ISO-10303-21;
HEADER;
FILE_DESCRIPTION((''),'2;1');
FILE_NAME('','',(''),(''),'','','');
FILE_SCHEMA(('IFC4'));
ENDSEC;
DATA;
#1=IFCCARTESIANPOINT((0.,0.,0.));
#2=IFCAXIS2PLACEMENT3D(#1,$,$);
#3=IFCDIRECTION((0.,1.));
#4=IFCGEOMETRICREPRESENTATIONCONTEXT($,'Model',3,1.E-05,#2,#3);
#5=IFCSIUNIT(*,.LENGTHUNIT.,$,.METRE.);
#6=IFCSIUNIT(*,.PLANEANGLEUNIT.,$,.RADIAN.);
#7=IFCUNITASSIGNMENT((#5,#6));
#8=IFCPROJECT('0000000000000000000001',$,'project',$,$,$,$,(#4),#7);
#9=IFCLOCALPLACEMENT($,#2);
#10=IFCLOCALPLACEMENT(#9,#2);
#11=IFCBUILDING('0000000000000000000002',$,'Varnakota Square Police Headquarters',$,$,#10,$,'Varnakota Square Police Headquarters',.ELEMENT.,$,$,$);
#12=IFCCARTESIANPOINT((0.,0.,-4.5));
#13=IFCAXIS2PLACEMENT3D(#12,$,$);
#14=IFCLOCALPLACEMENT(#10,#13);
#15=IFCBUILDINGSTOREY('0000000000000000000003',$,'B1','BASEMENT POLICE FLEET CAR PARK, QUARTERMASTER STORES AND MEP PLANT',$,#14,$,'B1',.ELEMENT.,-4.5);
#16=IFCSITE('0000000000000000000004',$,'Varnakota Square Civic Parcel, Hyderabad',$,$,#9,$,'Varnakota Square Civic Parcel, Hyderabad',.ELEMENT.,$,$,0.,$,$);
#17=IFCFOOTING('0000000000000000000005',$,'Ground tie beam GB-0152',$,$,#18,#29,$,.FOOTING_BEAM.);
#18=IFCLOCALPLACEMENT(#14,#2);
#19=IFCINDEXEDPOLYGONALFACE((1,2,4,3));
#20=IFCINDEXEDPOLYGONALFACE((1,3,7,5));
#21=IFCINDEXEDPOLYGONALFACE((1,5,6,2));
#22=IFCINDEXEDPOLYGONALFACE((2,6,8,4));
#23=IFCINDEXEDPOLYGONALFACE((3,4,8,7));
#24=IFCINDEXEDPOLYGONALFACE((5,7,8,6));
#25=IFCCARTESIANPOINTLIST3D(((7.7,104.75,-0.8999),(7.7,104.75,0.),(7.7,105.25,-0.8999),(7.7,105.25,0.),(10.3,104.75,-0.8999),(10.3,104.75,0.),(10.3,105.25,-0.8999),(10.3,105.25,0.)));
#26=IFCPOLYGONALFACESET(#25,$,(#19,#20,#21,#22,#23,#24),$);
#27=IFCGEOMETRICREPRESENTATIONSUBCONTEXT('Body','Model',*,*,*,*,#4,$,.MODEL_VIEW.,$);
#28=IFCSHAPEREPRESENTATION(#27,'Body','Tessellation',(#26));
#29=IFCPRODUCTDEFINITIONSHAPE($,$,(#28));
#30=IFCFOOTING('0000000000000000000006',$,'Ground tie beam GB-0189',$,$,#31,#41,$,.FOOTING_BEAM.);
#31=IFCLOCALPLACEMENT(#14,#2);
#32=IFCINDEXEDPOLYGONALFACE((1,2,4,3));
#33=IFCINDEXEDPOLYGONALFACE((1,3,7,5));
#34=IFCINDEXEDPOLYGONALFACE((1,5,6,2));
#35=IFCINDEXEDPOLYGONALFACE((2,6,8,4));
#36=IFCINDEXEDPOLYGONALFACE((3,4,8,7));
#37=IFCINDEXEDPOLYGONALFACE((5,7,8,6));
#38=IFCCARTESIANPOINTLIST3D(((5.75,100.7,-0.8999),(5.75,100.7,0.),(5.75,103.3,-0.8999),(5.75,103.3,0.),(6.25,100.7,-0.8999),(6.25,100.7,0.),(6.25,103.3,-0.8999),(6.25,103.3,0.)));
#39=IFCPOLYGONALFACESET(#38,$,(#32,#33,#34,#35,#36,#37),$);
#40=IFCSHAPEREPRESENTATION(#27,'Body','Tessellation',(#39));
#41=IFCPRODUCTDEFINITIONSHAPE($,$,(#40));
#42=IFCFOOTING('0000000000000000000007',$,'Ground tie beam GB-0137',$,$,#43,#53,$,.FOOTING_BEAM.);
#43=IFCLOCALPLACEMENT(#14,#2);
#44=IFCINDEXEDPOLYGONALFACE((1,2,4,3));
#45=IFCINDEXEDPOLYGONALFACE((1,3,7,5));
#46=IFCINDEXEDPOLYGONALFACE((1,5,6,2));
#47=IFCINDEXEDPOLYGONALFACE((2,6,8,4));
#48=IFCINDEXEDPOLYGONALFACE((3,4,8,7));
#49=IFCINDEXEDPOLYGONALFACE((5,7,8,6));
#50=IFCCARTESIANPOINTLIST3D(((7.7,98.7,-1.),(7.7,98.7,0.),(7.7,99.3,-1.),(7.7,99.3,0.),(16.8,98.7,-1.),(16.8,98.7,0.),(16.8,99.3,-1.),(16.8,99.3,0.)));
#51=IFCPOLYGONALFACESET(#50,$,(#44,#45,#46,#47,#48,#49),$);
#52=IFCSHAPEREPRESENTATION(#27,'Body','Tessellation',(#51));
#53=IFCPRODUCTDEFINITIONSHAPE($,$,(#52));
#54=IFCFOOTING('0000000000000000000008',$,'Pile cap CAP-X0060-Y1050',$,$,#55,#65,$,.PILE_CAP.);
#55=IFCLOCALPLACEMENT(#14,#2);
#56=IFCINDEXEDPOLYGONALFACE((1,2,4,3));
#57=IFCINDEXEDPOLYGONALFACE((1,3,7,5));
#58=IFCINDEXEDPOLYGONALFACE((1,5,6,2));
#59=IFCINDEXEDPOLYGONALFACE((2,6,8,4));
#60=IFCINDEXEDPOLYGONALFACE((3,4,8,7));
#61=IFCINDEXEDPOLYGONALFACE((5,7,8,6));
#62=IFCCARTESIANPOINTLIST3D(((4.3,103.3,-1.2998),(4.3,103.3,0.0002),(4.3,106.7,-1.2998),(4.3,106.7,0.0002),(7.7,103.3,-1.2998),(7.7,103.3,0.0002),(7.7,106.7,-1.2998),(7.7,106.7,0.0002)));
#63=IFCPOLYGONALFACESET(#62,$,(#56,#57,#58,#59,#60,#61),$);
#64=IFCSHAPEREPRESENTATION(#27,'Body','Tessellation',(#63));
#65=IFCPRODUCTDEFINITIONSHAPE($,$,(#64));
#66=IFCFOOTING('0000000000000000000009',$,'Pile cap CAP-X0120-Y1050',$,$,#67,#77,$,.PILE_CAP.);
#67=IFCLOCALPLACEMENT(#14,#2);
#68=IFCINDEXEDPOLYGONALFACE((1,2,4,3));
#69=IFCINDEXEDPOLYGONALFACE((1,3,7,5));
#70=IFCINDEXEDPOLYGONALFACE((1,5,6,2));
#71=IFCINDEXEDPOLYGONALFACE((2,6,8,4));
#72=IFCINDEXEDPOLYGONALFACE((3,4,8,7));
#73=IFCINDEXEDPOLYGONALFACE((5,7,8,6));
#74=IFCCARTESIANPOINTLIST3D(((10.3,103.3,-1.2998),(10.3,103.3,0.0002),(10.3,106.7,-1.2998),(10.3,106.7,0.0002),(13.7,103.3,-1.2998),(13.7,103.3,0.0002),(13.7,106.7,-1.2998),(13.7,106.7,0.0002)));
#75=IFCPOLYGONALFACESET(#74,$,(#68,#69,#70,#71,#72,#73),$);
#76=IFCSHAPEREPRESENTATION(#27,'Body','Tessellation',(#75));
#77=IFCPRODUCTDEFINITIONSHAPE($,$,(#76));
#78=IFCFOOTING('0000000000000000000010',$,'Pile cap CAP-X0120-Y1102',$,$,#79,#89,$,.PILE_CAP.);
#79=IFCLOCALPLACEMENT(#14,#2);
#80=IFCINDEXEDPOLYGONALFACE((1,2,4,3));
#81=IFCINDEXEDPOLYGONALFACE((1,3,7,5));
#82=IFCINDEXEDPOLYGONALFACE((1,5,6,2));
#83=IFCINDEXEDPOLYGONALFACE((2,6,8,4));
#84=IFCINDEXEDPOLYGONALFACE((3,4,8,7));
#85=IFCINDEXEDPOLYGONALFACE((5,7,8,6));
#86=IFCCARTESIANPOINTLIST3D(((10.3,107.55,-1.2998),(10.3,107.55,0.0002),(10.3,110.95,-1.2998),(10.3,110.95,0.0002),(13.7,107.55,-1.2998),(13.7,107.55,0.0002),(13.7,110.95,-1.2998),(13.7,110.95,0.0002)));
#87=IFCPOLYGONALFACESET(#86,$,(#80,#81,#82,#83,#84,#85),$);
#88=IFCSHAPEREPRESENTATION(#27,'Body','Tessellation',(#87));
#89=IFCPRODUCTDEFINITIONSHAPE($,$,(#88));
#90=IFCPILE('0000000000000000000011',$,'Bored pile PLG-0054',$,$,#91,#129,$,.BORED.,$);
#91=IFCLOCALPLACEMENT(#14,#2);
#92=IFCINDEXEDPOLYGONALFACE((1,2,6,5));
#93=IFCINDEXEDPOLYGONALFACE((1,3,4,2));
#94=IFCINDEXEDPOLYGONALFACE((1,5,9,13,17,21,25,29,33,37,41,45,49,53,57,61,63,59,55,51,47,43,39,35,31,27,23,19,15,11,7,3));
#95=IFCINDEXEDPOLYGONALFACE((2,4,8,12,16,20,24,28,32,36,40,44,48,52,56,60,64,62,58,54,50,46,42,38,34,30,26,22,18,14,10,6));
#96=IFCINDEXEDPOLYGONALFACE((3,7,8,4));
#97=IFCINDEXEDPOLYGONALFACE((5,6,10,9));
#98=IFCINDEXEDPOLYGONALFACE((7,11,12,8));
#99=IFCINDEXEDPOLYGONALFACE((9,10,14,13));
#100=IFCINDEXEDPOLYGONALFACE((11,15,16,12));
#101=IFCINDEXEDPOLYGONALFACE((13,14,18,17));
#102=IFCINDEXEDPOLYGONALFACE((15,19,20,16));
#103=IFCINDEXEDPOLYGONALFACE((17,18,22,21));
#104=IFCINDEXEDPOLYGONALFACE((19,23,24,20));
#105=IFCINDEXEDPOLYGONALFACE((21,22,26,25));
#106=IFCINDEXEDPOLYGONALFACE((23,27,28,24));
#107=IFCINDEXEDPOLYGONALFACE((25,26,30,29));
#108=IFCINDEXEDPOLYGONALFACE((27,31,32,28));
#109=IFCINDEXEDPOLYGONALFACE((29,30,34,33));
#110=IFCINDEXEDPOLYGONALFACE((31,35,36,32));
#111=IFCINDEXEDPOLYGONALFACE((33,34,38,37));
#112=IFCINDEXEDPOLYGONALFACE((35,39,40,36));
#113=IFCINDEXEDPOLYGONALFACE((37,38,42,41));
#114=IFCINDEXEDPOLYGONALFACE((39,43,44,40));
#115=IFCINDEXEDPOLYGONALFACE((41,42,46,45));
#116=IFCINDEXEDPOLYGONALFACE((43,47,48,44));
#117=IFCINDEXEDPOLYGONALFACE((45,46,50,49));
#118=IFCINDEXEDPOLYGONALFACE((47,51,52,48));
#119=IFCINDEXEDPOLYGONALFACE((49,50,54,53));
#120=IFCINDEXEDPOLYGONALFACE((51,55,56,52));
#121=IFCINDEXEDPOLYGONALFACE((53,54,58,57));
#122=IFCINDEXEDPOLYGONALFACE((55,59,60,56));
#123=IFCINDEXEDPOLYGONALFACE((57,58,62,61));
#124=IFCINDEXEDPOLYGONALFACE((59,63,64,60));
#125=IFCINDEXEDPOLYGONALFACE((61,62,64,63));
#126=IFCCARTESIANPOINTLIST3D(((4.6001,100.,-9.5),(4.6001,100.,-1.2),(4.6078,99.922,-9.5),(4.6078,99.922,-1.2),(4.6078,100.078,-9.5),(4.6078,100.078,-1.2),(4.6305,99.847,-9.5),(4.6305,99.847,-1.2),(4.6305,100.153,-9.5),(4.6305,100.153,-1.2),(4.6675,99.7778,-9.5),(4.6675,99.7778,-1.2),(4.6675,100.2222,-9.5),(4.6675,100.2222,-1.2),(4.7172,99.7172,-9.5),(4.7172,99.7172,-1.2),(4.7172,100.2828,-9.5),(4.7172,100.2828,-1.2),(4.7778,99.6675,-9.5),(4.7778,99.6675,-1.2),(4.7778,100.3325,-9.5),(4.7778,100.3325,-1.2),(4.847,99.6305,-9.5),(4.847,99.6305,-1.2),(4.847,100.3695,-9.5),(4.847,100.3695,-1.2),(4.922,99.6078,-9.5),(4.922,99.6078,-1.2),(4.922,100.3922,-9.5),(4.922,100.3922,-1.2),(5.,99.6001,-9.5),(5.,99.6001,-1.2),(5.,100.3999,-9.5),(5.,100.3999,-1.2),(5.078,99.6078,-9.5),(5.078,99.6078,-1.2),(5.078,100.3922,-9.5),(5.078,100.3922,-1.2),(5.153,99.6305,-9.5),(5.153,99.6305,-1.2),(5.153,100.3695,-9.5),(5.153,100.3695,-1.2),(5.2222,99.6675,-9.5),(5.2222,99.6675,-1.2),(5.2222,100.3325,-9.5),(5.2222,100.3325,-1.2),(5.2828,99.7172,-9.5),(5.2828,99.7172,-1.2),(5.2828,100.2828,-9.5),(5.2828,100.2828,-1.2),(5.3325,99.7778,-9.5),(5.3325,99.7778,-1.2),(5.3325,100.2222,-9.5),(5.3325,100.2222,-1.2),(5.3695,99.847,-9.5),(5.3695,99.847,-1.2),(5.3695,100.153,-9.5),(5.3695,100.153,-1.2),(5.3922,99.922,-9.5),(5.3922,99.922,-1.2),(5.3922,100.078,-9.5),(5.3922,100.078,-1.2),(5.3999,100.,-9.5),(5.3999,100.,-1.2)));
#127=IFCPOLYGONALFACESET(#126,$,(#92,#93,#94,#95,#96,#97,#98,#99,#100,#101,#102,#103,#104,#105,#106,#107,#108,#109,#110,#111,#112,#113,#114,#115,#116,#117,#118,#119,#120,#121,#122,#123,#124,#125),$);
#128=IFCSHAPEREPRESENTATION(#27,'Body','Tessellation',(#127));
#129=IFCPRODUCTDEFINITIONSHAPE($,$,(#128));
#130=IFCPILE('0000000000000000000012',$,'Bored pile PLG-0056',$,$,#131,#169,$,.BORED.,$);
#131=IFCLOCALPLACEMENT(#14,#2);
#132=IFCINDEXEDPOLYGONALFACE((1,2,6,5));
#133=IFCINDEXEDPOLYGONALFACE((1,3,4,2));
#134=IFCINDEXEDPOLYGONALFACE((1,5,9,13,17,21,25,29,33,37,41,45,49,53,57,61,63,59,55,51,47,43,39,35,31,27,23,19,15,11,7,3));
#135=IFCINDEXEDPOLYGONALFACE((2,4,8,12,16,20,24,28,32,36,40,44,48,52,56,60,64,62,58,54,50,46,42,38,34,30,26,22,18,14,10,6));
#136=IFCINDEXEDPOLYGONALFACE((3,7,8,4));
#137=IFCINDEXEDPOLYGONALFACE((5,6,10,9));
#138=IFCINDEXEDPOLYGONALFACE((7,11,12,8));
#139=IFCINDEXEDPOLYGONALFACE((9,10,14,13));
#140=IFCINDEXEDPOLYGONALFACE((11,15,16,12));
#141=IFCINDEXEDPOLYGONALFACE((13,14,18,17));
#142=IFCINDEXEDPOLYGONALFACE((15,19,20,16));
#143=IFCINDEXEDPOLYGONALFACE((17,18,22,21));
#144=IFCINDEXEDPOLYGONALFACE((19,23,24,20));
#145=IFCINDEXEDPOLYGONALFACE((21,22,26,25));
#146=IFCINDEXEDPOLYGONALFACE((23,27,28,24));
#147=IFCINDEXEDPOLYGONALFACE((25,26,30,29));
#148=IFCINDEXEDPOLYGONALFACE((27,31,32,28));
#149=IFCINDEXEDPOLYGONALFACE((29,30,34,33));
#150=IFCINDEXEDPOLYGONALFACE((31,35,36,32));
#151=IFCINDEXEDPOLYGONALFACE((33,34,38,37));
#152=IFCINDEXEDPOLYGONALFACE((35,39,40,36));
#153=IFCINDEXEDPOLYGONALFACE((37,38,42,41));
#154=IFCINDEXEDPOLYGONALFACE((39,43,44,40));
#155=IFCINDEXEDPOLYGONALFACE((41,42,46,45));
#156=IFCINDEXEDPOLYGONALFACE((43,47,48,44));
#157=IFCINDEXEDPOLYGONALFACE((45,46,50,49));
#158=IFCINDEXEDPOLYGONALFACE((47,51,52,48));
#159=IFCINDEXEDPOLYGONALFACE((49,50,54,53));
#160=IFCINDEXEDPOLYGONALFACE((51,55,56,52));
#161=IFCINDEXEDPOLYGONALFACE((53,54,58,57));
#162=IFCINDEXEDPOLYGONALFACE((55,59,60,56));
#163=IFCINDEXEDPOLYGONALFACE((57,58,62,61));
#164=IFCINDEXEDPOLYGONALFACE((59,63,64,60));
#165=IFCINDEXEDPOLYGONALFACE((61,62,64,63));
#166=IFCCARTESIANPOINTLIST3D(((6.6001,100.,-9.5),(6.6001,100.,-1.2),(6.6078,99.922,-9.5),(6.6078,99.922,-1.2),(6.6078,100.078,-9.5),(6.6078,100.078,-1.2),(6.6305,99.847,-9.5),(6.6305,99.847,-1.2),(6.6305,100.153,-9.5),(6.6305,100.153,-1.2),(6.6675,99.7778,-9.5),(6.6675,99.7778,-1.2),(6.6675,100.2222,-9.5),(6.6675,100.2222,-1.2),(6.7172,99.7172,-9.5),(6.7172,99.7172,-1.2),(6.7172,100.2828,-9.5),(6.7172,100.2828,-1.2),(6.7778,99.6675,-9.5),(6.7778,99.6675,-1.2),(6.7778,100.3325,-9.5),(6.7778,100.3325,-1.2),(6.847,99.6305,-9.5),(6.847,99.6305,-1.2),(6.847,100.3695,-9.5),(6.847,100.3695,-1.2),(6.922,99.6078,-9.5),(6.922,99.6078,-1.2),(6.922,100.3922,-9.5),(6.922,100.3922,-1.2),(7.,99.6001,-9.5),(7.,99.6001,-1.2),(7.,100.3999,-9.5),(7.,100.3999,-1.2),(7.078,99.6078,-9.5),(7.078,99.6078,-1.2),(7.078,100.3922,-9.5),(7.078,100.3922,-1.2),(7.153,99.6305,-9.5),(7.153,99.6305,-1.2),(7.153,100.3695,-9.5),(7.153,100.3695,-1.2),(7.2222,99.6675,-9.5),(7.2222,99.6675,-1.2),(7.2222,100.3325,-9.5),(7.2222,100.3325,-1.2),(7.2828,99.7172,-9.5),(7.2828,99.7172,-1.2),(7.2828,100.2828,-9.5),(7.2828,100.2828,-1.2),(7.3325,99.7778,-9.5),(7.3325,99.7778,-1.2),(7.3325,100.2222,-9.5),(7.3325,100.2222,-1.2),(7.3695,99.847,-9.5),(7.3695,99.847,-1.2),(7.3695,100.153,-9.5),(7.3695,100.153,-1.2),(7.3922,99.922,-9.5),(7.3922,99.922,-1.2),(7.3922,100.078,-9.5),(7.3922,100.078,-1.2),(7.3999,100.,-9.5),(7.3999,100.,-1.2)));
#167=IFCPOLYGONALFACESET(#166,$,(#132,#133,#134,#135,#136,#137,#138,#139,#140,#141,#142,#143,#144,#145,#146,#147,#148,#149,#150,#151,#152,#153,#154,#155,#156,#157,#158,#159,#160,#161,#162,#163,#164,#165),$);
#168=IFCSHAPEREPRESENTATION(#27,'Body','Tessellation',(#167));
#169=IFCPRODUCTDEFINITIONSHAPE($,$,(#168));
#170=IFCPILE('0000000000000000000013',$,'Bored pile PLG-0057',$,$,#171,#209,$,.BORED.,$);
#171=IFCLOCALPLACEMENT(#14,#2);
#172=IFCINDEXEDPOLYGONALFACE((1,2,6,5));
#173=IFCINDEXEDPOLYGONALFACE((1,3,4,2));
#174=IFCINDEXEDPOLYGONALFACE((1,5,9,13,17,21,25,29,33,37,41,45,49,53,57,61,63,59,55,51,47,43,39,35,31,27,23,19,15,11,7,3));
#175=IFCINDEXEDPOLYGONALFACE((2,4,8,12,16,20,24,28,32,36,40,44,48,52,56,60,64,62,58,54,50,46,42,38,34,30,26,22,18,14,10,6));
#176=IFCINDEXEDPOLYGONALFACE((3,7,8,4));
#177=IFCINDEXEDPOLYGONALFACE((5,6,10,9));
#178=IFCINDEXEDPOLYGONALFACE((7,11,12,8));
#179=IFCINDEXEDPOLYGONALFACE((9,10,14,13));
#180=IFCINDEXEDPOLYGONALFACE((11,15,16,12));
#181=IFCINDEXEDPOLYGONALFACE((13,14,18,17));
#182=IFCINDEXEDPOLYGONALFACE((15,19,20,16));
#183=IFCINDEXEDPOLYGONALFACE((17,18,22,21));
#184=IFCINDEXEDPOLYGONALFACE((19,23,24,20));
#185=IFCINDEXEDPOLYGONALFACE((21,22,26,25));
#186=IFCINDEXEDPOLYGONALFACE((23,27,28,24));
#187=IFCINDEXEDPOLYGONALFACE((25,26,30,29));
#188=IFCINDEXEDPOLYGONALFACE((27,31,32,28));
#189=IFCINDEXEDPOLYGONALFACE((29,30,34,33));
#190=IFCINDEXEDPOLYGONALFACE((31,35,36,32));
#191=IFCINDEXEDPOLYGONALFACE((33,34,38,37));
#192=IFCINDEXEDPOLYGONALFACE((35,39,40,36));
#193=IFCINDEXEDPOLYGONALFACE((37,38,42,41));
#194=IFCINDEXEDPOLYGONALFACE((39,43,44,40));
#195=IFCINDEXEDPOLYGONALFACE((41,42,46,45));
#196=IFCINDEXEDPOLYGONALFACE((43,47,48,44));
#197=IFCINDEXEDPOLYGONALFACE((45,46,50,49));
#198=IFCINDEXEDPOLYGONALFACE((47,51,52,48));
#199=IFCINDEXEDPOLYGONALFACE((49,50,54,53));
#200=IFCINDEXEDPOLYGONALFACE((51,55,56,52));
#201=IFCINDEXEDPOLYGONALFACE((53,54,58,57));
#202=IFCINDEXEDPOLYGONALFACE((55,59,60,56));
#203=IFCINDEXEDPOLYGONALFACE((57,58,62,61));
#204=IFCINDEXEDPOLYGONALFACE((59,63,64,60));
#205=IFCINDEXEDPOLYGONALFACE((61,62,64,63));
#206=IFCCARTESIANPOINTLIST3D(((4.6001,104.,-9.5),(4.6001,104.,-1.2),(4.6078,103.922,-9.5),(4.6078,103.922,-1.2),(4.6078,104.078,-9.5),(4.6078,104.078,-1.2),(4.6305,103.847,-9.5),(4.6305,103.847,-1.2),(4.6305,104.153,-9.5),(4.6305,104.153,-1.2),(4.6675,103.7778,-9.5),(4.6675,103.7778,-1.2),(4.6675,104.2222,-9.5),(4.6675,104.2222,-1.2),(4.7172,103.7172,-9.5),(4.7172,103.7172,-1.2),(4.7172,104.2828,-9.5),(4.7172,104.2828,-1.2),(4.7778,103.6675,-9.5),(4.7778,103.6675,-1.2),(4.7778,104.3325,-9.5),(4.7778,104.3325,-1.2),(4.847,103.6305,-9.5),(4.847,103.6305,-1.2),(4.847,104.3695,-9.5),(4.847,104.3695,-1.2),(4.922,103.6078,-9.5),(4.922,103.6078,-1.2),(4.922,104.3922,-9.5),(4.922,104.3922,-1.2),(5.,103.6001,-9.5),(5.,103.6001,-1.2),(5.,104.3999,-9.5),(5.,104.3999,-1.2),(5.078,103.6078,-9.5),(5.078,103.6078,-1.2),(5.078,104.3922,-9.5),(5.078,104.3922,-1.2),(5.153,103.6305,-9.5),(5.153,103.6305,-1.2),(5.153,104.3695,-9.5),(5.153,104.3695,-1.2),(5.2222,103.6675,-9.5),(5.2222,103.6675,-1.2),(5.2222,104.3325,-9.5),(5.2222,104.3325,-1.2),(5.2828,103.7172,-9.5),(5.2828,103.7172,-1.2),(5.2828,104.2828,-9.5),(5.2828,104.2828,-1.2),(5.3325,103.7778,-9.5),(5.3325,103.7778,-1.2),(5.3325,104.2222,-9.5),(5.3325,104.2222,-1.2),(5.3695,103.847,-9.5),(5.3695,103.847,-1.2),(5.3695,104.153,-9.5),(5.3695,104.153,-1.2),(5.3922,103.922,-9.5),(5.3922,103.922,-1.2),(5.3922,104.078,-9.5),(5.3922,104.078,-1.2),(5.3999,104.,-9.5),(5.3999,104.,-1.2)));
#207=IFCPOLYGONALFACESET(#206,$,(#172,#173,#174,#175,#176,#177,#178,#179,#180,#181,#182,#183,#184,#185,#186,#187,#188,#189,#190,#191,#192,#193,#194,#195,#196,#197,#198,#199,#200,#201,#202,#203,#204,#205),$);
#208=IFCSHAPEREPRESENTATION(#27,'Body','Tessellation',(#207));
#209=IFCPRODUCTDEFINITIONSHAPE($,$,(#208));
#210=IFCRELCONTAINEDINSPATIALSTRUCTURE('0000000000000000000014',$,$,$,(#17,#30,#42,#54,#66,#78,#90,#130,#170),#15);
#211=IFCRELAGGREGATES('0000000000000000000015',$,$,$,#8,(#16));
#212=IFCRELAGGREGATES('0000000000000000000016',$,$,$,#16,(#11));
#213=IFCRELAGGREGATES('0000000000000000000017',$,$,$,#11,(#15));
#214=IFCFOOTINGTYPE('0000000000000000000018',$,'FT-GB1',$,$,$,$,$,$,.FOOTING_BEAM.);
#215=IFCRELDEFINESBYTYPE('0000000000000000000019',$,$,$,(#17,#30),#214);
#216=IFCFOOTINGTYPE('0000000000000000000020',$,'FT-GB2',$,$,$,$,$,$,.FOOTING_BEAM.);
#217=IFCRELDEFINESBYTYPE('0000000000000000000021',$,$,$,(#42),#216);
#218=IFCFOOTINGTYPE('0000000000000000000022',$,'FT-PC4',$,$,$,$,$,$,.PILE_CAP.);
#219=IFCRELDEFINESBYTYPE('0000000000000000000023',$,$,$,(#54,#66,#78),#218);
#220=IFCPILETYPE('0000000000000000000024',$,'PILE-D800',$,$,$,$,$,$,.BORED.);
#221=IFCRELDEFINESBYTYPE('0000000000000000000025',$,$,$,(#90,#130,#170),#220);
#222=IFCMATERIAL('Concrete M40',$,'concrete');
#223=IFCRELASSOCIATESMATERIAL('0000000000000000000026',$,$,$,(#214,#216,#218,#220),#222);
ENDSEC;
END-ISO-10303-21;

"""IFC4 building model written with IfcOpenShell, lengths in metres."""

from ifc_helpers import new_model, si_unit, direction, frame, origin, origin_2d, place, context, subcontext, project, spatial, rectangle, circle, extrude, material, material_profile, profile_set, type_object, element, save


model = new_model("IFC4")

# Units and contexts
model_context = context("Model", 3, precision=1e-05, world=origin(), true_north=direction((0.0, 1.0)))
body_context = subcontext(model_context, "Body", "Model", "MODEL_VIEW")
ifc_project = project(units=[si_unit("LENGTHUNIT", "METRE"), si_unit("PLANEANGLEUNIT", "RADIAN")], contexts=[model_context])

# Site, building, storey
site_placement = place(None, origin())
site = spatial("IfcSite", under=ifc_project, at=site_placement, Name="Varnakota Square Civic Parcel, Hyderabad", LongName="Varnakota Square Civic Parcel, Hyderabad", CompositionType="ELEMENT", RefElevation=0.0)
building_placement = place(site_placement, origin())
building = spatial("IfcBuilding", under=site, at=building_placement, Name="Varnakota Square Police Headquarters", LongName="Varnakota Square Police Headquarters", CompositionType="ELEMENT")
storey_placement = place(building_placement, frame((0.0, 0.0, -4.5)))
storey = spatial("IfcBuildingStorey", under=building, at=storey_placement, Name="B1", Description="BASEMENT POLICE FLEET CAR PARK, QUARTERMASTER STORES AND MEP PLANT", LongName="B1", CompositionType="ELEMENT", Elevation=-4.5)

# Footings
ifc_material_1 = material(Name="Concrete M40", Category="concrete")
ifc_material_profile_1 = material_profile(ifc_material_1, rectangle(XDim=0.5, YDim=0.8999, at=origin_2d()), Name="GB 500x900")
ifc_profile_set_1 = profile_set([ifc_material_profile_1], Name="Concrete M40")
footing_type_1 = type_object("IfcFootingType", Name="FT-GB1", PredefinedType="FOOTING_BEAM", material=ifc_profile_set_1)
for number, where, z_axis, x_axis, name in (
    (1, (7.7, 105.0, -0.45), (1.0, 0.0, 0.0), (0.0, 1.0, 0.0), "Ground tie beam GB-0152"),
    (2, (6.0, 100.7, -0.45), (0.0, 1.0, 0.0), (-1.0, 0.0, 0.0), "Ground tie beam GB-0189"),
):
    element("IfcFooting", number, at=place(storey_placement, frame(where, z_axis=z_axis, x_axis=x_axis)), inside=storey, type_object=footing_type_1, Name=name, PredefinedType="FOOTING_BEAM", context=body_context, shape_type="SweptSolid", body=[
        extrude(rectangle(XDim=0.5, YDim=0.8999, at=origin_2d()), origin(), (0.0, 0.0, 1.0), 2.6001),
    ])
ifc_material_profile_2 = material_profile(ifc_material_1, rectangle(XDim=0.6001, YDim=1.0, at=origin_2d()), Name="GB 600x1000")
ifc_profile_set_2 = profile_set([ifc_material_profile_2], Name="Concrete M40")
footing_type_2 = type_object("IfcFootingType", Name="FT-GB2", PredefinedType="FOOTING_BEAM", material=ifc_profile_set_2)
footing_placement = place(storey_placement, frame((7.7, 99.0, -0.5), z_axis=(1.0, 0.0, 0.0), x_axis=(0.0, 1.0, 0.0)))
element("IfcFooting", 3, at=footing_placement, inside=storey, type_object=footing_type_2, Name="Ground tie beam GB-0137", PredefinedType="FOOTING_BEAM", context=body_context, shape_type="SweptSolid", body=[
    extrude(rectangle(XDim=0.6001, YDim=1.0, at=origin_2d()), origin(), (0.0, 0.0, 1.0), 9.1001),
])
footing_type_3 = type_object("IfcFootingType", Name="FT-PC4", PredefinedType="PILE_CAP", material=ifc_material_1)
for number, where, z_axis, x_axis, name in (
    (4, (6.0, 105.0, -1.2998), (0.0, 0.0, 1.0), (1.0, 0.0, 0.0), "Pile cap CAP-X0060-Y1050"),
    (5, (12.0, 105.0, -1.2998), (0.0, 0.0, 1.0), (1.0, 0.0, 0.0), "Pile cap CAP-X0120-Y1050"),
    (6, (12.0, 109.25, -1.2998), (0.0, 0.0, 1.0), (1.0, 0.0, 0.0), "Pile cap CAP-X0120-Y1102"),
):
    element("IfcFooting", number, at=place(storey_placement, frame(where, z_axis=z_axis, x_axis=x_axis)), inside=storey, type_object=footing_type_3, Name=name, PredefinedType="PILE_CAP", context=body_context, shape_type="SweptSolid", body=[
        extrude(rectangle(XDim=3.3999, YDim=3.3999, at=origin_2d()), origin(), (0.0, 0.0, 1.0), 1.3),
    ])

# Piles
ifc_material_profile_3 = material_profile(ifc_material_1, circle(Radius=0.3999, at=origin_2d()), Name="BORED PILE 800")
ifc_profile_set_3 = profile_set([ifc_material_profile_3], Name="Concrete M40")
pile_type = type_object("IfcPileType", Name="PILE-D800", PredefinedType="BORED", material=ifc_profile_set_3)
for number, where, z_axis, x_axis, name in (
    (7, (5.0, 100.0, -1.2), (0.0, 0.0, -1.0), (1.0, 0.0, 0.0), "Bored pile PLG-0054"),
    (8, (7.0, 100.0, -1.2), (0.0, 0.0, -1.0), (1.0, 0.0, 0.0), "Bored pile PLG-0056"),
    (9, (5.0, 104.0, -1.2), (0.0, 0.0, -1.0), (1.0, 0.0, 0.0), "Bored pile PLG-0057"),
):
    element("IfcPile", number, at=place(storey_placement, frame(where, z_axis=z_axis, x_axis=x_axis)), inside=storey, type_object=pile_type, Name=name, PredefinedType="BORED", context=body_context, shape_type="SweptSolid", body=[
        extrude(circle(Radius=0.3999, at=origin_2d()), origin(), (0.0, 0.0, 1.0), 8.3),
    ])

save(model, "model.ifc")
